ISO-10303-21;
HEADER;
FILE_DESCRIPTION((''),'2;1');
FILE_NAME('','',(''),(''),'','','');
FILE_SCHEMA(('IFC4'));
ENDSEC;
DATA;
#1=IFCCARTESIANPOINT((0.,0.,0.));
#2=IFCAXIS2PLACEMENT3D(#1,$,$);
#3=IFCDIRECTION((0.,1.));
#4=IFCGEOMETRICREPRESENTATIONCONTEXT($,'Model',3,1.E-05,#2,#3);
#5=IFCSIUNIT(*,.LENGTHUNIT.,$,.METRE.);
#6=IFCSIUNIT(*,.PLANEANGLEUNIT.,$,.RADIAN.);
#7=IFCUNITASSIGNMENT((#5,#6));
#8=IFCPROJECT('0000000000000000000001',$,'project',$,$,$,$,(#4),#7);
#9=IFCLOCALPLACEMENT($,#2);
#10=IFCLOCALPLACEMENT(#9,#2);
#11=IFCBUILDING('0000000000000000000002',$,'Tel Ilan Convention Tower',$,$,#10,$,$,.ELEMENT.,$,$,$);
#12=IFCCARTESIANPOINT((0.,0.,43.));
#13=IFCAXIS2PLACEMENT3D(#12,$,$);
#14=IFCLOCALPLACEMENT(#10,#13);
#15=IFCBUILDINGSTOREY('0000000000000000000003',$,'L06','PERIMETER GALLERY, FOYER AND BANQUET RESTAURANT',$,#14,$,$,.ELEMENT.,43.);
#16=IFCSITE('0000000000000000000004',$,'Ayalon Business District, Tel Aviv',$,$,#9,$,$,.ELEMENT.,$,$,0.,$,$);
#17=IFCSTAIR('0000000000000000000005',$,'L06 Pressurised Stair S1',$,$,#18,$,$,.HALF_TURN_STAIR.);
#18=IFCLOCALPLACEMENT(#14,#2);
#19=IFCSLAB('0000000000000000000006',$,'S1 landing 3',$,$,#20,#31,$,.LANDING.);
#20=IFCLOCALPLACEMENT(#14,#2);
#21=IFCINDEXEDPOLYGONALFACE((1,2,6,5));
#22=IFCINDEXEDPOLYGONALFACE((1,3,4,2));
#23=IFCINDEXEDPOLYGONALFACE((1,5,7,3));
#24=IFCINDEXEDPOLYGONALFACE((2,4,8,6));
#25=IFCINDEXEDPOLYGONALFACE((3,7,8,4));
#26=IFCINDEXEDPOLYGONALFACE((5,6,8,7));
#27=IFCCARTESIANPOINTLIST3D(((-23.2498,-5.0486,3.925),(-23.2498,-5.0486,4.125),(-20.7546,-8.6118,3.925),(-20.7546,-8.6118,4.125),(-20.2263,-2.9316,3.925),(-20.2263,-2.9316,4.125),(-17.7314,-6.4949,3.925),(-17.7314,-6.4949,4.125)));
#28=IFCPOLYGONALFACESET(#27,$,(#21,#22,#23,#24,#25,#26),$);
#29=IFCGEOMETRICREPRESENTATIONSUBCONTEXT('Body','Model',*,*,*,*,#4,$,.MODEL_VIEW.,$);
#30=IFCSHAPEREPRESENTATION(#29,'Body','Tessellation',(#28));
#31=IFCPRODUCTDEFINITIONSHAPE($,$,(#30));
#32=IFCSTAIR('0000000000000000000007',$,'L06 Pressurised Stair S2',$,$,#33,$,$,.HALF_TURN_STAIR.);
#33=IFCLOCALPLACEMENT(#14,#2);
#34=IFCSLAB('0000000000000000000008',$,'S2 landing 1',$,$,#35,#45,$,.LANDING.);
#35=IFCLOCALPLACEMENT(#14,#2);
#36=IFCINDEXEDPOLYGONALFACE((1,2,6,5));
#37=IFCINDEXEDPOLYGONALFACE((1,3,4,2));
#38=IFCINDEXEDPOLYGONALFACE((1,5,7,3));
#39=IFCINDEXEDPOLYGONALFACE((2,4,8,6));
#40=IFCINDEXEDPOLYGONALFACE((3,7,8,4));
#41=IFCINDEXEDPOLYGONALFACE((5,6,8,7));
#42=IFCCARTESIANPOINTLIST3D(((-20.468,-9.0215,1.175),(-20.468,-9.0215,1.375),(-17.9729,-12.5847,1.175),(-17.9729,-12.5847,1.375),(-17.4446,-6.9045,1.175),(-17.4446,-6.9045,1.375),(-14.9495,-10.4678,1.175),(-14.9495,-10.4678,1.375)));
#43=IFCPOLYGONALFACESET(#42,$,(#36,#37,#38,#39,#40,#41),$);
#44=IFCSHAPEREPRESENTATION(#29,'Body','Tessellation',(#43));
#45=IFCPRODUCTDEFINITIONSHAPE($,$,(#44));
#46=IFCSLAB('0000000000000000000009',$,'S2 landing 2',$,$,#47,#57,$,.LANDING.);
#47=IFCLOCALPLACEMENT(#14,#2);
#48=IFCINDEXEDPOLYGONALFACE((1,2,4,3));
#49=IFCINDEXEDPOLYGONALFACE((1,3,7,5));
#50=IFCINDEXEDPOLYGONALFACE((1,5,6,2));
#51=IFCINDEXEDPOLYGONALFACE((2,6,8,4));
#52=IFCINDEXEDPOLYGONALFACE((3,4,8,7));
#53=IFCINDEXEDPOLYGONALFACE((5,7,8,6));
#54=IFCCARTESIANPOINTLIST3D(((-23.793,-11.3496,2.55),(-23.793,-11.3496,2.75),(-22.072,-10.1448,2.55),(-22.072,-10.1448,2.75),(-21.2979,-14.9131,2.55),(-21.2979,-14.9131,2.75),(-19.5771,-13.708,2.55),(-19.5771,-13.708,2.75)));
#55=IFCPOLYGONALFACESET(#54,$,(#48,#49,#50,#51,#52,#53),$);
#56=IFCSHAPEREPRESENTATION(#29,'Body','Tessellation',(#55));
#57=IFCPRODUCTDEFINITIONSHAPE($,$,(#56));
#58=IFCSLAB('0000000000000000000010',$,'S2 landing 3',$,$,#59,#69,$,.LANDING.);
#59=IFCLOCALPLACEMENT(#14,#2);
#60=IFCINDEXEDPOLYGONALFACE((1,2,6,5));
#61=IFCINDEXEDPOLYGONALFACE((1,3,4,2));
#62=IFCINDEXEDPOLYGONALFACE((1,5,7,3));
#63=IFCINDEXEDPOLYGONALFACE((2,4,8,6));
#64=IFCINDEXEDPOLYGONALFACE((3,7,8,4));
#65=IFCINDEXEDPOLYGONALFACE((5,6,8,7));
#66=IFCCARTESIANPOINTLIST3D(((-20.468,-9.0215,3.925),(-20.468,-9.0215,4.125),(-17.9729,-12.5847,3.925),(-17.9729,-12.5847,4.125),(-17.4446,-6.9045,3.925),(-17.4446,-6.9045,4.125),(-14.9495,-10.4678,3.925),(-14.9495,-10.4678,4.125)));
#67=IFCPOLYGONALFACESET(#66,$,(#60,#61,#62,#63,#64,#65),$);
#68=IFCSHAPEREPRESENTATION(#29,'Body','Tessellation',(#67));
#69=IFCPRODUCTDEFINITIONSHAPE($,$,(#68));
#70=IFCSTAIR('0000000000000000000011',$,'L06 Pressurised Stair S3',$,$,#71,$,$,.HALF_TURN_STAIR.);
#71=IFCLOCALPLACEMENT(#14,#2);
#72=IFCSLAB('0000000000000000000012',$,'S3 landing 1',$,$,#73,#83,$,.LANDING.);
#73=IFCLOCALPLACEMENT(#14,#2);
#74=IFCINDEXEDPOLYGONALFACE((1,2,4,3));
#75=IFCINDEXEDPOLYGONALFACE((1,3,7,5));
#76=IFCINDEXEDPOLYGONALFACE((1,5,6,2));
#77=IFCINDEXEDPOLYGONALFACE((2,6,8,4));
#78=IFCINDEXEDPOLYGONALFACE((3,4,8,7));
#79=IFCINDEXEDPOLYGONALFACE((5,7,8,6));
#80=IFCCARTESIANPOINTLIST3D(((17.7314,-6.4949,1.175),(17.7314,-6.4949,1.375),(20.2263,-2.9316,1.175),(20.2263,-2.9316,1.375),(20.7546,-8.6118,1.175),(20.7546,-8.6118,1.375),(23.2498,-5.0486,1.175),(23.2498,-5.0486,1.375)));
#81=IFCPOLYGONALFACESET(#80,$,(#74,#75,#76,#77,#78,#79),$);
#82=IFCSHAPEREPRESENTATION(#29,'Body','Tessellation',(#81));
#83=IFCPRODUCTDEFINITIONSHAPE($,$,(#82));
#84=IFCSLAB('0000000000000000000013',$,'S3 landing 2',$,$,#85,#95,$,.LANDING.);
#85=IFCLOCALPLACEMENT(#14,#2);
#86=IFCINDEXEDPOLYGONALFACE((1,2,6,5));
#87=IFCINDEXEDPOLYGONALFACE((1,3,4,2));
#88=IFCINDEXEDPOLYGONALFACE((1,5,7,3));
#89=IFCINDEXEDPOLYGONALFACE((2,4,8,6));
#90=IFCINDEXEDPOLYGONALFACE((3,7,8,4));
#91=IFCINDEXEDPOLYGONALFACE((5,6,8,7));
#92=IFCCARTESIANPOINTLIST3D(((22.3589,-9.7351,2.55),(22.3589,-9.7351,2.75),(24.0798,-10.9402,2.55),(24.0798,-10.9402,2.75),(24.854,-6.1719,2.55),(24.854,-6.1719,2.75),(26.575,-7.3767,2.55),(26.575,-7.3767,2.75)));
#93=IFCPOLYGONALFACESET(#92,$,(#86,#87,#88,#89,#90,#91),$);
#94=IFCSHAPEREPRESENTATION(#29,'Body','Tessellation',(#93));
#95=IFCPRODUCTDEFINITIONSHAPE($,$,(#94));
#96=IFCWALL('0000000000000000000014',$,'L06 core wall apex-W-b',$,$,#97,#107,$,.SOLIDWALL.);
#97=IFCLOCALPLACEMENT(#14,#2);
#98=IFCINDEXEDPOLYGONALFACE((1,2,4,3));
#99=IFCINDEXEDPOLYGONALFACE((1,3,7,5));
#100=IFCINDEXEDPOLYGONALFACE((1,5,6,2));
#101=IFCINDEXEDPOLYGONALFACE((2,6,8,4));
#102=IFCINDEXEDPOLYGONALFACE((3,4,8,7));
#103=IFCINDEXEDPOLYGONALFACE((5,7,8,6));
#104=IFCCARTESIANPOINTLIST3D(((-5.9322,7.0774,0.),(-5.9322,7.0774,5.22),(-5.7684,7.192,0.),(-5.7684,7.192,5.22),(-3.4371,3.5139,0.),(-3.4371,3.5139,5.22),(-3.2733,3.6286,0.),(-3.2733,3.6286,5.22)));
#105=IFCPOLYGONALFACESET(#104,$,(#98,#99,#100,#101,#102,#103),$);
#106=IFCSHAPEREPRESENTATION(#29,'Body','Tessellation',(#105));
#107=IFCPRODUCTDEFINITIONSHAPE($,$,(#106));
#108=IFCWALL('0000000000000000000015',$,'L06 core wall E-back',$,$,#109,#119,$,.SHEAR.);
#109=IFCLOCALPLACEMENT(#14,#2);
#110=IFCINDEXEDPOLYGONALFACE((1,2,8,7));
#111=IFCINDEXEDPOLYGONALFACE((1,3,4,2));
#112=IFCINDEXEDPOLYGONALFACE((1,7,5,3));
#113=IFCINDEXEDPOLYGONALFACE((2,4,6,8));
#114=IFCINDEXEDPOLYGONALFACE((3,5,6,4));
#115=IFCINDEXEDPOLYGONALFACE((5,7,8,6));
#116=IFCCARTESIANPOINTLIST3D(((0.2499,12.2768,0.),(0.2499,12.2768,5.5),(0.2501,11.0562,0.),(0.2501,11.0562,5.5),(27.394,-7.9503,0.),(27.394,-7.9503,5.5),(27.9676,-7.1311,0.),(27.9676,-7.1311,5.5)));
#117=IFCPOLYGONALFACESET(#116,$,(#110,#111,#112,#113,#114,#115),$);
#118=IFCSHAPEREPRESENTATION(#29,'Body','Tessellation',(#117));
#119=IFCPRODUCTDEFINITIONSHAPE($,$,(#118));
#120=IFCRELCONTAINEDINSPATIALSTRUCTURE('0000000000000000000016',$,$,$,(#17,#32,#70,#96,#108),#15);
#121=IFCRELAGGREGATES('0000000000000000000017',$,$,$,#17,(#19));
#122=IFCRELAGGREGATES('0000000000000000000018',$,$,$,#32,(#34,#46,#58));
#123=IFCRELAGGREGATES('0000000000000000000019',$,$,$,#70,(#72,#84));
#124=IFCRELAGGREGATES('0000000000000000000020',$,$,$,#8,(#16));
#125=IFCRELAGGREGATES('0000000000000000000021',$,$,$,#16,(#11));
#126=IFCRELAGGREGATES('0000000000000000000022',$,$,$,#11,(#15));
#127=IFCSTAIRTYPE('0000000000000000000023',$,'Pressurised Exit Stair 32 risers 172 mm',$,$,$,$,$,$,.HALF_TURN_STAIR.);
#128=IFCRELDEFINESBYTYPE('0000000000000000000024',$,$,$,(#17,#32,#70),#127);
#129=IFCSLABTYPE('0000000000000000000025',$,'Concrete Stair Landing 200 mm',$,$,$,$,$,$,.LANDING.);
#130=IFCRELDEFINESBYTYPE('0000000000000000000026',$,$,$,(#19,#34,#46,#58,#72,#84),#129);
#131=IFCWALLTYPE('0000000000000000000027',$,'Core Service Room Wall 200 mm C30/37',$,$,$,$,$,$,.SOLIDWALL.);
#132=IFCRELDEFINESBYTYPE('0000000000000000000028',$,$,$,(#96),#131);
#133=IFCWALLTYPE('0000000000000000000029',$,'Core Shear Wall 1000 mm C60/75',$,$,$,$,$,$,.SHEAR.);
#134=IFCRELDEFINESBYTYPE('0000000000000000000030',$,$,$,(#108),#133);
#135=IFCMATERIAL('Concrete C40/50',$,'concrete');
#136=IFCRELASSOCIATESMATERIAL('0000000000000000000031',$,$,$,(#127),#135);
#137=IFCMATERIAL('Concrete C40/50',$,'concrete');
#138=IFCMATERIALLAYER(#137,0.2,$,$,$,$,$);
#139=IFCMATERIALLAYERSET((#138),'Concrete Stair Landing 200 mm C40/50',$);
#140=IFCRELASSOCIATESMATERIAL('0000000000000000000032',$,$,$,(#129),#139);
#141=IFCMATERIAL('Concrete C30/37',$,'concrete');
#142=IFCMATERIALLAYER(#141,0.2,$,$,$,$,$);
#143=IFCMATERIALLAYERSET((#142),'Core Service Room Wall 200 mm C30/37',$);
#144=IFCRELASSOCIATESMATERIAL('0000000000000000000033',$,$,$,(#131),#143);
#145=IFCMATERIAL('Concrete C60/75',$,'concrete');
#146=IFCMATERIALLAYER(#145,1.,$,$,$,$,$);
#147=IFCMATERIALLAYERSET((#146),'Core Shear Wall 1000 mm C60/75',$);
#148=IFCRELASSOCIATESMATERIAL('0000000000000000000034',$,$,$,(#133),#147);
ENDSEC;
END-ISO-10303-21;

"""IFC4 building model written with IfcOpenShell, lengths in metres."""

from ifc_helpers import new_model, si_unit, direction, frame, frame_2d, origin, place, context, subcontext, project, spatial, polyline, rectangle, outline, extrude, material, layer, layer_set, type_object, element, aggregate, save


model = new_model("IFC4")

# Units and contexts
model_context = context("Model", 3, precision=1e-05, world=origin(), true_north=direction((0.0, 1.0)))
body_context = subcontext(model_context, "Body", "Model", "MODEL_VIEW")
ifc_project = project(units=[si_unit("LENGTHUNIT", "METRE"), si_unit("PLANEANGLEUNIT", "RADIAN")], contexts=[model_context])

# Site, building, storey
site_placement = place(None, origin())
site = spatial("IfcSite", under=ifc_project, at=site_placement, Name="Ayalon Business District, Tel Aviv", CompositionType="ELEMENT", RefElevation=0.0)
building_placement = place(site_placement, origin())
building = spatial("IfcBuilding", under=site, at=building_placement, Name="Tel Ilan Convention Tower", CompositionType="ELEMENT")
storey_placement = place(building_placement, frame((0.0, 0.0, 43.0)))
storey = spatial("IfcBuildingStorey", under=building, at=storey_placement, Name="L06", Description="PERIMETER GALLERY, FOYER AND BANQUET RESTAURANT", CompositionType="ELEMENT", Elevation=43.0)

# Stair, slab
ifc_material_1 = material(Name="Concrete C40/50", Category="concrete")
stair_type = type_object("IfcStairType", Name="Pressurised Exit Stair 32 risers 172 mm", PredefinedType="HALF_TURN_STAIR", material=ifc_material_1)
stair_1_placement = place(storey_placement, origin())
stair_1 = element("IfcStair", 1, at=stair_1_placement, inside=storey, type_object=stair_type, Name="L06 Pressurised Stair S1", PredefinedType="HALF_TURN_STAIR")
ifc_material_2 = material(Name="Concrete C40/50", Category="concrete")
ifc_layer_1 = layer(ifc_material_2, 0.2)
ifc_layer_set_1 = layer_set([ifc_layer_1], Name="Concrete Stair Landing 200 mm C40/50")
slab_type = type_object("IfcSlabType", Name="Concrete Stair Landing 200 mm", PredefinedType="LANDING", material=ifc_layer_set_1)
slab_1_placement = place(storey_placement, frame((0.0, 0.0, 3.925)))
slab_1 = element("IfcSlab", 2, at=slab_1_placement, type_object=slab_type, Name="S1 landing 3", PredefinedType="LANDING", context=body_context, shape_type="SweptSolid", body=[
    extrude(outline(polyline([(-20.7546, -8.6118), (-17.7314, -6.4949), (-20.2263, -2.9316), (-23.2498, -5.0486), (-20.7546, -8.6118)])), origin(), (0.0, 0.0, 1.0), 0.2),
])
aggregate(stair_1, [slab_1])

# Stairs, slabs
stair_2_placement = place(storey_placement, origin())
stair_2 = element("IfcStair", 3, at=stair_2_placement, inside=storey, type_object=stair_type, Name="L06 Pressurised Stair S2", PredefinedType="HALF_TURN_STAIR")
slab_2_placement = place(storey_placement, frame((0.0, 0.0, 1.175)))
slab_2 = element("IfcSlab", 4, at=slab_2_placement, type_object=slab_type, Name="S2 landing 1", PredefinedType="LANDING", context=body_context, shape_type="SweptSolid", body=[
    extrude(outline(polyline([(-17.9729, -12.5847), (-14.9495, -10.4678), (-17.4446, -6.9045), (-20.468, -9.0215), (-17.9729, -12.5847)])), origin(), (0.0, 0.0, 1.0), 0.2),
])
slab_3_placement = place(storey_placement, frame((0.0, 0.0, 2.55)))
slab_3 = element("IfcSlab", 5, at=slab_3_placement, type_object=slab_type, Name="S2 landing 2", PredefinedType="LANDING", context=body_context, shape_type="SweptSolid", body=[
    extrude(outline(polyline([(-21.2979, -14.9131), (-19.5771, -13.708), (-22.072, -10.1448), (-23.793, -11.3496), (-21.2979, -14.9131)])), origin(), (0.0, 0.0, 1.0), 0.2),
])
slab_4_placement = place(storey_placement, frame((0.0, 0.0, 3.925)))
slab_4 = element("IfcSlab", 6, at=slab_4_placement, type_object=slab_type, Name="S2 landing 3", PredefinedType="LANDING", context=body_context, shape_type="SweptSolid", body=[
    extrude(outline(polyline([(-17.9729, -12.5847), (-14.9495, -10.4678), (-17.4446, -6.9045), (-20.468, -9.0215), (-17.9729, -12.5847)])), origin(), (0.0, 0.0, 1.0), 0.2),
])
aggregate(stair_2, [slab_2, slab_3, slab_4])
stair_3_placement = place(storey_placement, origin())
stair_3 = element("IfcStair", 7, at=stair_3_placement, inside=storey, type_object=stair_type, Name="L06 Pressurised Stair S3", PredefinedType="HALF_TURN_STAIR")
slab_5_placement = place(storey_placement, frame((0.0, 0.0, 1.175)))
slab_5 = element("IfcSlab", 8, at=slab_5_placement, type_object=slab_type, Name="S3 landing 1", PredefinedType="LANDING", context=body_context, shape_type="SweptSolid", body=[
    extrude(outline(polyline([(23.2498, -5.0486), (20.2263, -2.9316), (17.7314, -6.4949), (20.7546, -8.6118), (23.2498, -5.0486)])), origin(), (0.0, 0.0, 1.0), 0.2),
])
slab_6_placement = place(storey_placement, frame((0.0, 0.0, 2.55)))
slab_6 = element("IfcSlab", 9, at=slab_6_placement, type_object=slab_type, Name="S3 landing 2", PredefinedType="LANDING", context=body_context, shape_type="SweptSolid", body=[
    extrude(outline(polyline([(26.575, -7.3767), (24.854, -6.1719), (22.3589, -9.7351), (24.0798, -10.9402), (26.575, -7.3767)])), origin(), (0.0, 0.0, 1.0), 0.2),
])
aggregate(stair_3, [slab_5, slab_6])

# Walls
ifc_material_3 = material(Name="Concrete C30/37", Category="concrete")
ifc_layer_2 = layer(ifc_material_3, 0.2)
ifc_layer_set_2 = layer_set([ifc_layer_2], Name="Core Service Room Wall 200 mm C30/37")
wall_type_1 = type_object("IfcWallType", Name="Core Service Room Wall 200 mm C30/37", PredefinedType="SOLIDWALL", material=ifc_layer_set_2)
wall_1_placement = place(storey_placement, frame((-3.3552, 3.5713, 0.0), z_axis=(0.0, 0.0, 1.0), x_axis=(-0.573568, 0.819158, 0.0)))
element("IfcWall", 10, at=wall_1_placement, inside=storey, type_object=wall_type_1, Name="L06 core wall apex-W-b", PredefinedType="SOLIDWALL", context=body_context, shape_type="SweptSolid", body=[
    extrude(rectangle(XDim=4.3501, YDim=0.2, at=frame_2d((2.175, 0.0))), origin(), (0.0, 0.0, 1.0), 5.22),
])
ifc_material_4 = material(Name="Concrete C60/75", Category="concrete")
ifc_layer_3 = layer(ifc_material_4, 1.0)
ifc_layer_set_3 = layer_set([ifc_layer_3], Name="Core Shear Wall 1000 mm C60/75")
wall_type_2 = type_object("IfcWallType", Name="Core Shear Wall 1000 mm C60/75", PredefinedType="SHEAR", material=ifc_layer_set_3)
wall_2_placement = place(storey_placement, frame((-0.0369, 11.8672, 0.0), z_axis=(0.0, 0.0, 1.0), x_axis=(0.819155, -0.573572, 0.0)))
element("IfcWall", 11, at=wall_2_placement, inside=storey, type_object=wall_type_2, Name="L06 core wall E-back", PredefinedType="SHEAR", context=body_context, shape_type="SweptSolid", body=[
    extrude(outline(polyline([(33.8369, 0.5), (0.0, 0.5), (0.7002, -0.4998), (33.8369, -0.5), (33.8369, 0.5)])), origin(), (0.0, 0.0, 1.0), 5.5),
])

save(model, "model.ifc")
